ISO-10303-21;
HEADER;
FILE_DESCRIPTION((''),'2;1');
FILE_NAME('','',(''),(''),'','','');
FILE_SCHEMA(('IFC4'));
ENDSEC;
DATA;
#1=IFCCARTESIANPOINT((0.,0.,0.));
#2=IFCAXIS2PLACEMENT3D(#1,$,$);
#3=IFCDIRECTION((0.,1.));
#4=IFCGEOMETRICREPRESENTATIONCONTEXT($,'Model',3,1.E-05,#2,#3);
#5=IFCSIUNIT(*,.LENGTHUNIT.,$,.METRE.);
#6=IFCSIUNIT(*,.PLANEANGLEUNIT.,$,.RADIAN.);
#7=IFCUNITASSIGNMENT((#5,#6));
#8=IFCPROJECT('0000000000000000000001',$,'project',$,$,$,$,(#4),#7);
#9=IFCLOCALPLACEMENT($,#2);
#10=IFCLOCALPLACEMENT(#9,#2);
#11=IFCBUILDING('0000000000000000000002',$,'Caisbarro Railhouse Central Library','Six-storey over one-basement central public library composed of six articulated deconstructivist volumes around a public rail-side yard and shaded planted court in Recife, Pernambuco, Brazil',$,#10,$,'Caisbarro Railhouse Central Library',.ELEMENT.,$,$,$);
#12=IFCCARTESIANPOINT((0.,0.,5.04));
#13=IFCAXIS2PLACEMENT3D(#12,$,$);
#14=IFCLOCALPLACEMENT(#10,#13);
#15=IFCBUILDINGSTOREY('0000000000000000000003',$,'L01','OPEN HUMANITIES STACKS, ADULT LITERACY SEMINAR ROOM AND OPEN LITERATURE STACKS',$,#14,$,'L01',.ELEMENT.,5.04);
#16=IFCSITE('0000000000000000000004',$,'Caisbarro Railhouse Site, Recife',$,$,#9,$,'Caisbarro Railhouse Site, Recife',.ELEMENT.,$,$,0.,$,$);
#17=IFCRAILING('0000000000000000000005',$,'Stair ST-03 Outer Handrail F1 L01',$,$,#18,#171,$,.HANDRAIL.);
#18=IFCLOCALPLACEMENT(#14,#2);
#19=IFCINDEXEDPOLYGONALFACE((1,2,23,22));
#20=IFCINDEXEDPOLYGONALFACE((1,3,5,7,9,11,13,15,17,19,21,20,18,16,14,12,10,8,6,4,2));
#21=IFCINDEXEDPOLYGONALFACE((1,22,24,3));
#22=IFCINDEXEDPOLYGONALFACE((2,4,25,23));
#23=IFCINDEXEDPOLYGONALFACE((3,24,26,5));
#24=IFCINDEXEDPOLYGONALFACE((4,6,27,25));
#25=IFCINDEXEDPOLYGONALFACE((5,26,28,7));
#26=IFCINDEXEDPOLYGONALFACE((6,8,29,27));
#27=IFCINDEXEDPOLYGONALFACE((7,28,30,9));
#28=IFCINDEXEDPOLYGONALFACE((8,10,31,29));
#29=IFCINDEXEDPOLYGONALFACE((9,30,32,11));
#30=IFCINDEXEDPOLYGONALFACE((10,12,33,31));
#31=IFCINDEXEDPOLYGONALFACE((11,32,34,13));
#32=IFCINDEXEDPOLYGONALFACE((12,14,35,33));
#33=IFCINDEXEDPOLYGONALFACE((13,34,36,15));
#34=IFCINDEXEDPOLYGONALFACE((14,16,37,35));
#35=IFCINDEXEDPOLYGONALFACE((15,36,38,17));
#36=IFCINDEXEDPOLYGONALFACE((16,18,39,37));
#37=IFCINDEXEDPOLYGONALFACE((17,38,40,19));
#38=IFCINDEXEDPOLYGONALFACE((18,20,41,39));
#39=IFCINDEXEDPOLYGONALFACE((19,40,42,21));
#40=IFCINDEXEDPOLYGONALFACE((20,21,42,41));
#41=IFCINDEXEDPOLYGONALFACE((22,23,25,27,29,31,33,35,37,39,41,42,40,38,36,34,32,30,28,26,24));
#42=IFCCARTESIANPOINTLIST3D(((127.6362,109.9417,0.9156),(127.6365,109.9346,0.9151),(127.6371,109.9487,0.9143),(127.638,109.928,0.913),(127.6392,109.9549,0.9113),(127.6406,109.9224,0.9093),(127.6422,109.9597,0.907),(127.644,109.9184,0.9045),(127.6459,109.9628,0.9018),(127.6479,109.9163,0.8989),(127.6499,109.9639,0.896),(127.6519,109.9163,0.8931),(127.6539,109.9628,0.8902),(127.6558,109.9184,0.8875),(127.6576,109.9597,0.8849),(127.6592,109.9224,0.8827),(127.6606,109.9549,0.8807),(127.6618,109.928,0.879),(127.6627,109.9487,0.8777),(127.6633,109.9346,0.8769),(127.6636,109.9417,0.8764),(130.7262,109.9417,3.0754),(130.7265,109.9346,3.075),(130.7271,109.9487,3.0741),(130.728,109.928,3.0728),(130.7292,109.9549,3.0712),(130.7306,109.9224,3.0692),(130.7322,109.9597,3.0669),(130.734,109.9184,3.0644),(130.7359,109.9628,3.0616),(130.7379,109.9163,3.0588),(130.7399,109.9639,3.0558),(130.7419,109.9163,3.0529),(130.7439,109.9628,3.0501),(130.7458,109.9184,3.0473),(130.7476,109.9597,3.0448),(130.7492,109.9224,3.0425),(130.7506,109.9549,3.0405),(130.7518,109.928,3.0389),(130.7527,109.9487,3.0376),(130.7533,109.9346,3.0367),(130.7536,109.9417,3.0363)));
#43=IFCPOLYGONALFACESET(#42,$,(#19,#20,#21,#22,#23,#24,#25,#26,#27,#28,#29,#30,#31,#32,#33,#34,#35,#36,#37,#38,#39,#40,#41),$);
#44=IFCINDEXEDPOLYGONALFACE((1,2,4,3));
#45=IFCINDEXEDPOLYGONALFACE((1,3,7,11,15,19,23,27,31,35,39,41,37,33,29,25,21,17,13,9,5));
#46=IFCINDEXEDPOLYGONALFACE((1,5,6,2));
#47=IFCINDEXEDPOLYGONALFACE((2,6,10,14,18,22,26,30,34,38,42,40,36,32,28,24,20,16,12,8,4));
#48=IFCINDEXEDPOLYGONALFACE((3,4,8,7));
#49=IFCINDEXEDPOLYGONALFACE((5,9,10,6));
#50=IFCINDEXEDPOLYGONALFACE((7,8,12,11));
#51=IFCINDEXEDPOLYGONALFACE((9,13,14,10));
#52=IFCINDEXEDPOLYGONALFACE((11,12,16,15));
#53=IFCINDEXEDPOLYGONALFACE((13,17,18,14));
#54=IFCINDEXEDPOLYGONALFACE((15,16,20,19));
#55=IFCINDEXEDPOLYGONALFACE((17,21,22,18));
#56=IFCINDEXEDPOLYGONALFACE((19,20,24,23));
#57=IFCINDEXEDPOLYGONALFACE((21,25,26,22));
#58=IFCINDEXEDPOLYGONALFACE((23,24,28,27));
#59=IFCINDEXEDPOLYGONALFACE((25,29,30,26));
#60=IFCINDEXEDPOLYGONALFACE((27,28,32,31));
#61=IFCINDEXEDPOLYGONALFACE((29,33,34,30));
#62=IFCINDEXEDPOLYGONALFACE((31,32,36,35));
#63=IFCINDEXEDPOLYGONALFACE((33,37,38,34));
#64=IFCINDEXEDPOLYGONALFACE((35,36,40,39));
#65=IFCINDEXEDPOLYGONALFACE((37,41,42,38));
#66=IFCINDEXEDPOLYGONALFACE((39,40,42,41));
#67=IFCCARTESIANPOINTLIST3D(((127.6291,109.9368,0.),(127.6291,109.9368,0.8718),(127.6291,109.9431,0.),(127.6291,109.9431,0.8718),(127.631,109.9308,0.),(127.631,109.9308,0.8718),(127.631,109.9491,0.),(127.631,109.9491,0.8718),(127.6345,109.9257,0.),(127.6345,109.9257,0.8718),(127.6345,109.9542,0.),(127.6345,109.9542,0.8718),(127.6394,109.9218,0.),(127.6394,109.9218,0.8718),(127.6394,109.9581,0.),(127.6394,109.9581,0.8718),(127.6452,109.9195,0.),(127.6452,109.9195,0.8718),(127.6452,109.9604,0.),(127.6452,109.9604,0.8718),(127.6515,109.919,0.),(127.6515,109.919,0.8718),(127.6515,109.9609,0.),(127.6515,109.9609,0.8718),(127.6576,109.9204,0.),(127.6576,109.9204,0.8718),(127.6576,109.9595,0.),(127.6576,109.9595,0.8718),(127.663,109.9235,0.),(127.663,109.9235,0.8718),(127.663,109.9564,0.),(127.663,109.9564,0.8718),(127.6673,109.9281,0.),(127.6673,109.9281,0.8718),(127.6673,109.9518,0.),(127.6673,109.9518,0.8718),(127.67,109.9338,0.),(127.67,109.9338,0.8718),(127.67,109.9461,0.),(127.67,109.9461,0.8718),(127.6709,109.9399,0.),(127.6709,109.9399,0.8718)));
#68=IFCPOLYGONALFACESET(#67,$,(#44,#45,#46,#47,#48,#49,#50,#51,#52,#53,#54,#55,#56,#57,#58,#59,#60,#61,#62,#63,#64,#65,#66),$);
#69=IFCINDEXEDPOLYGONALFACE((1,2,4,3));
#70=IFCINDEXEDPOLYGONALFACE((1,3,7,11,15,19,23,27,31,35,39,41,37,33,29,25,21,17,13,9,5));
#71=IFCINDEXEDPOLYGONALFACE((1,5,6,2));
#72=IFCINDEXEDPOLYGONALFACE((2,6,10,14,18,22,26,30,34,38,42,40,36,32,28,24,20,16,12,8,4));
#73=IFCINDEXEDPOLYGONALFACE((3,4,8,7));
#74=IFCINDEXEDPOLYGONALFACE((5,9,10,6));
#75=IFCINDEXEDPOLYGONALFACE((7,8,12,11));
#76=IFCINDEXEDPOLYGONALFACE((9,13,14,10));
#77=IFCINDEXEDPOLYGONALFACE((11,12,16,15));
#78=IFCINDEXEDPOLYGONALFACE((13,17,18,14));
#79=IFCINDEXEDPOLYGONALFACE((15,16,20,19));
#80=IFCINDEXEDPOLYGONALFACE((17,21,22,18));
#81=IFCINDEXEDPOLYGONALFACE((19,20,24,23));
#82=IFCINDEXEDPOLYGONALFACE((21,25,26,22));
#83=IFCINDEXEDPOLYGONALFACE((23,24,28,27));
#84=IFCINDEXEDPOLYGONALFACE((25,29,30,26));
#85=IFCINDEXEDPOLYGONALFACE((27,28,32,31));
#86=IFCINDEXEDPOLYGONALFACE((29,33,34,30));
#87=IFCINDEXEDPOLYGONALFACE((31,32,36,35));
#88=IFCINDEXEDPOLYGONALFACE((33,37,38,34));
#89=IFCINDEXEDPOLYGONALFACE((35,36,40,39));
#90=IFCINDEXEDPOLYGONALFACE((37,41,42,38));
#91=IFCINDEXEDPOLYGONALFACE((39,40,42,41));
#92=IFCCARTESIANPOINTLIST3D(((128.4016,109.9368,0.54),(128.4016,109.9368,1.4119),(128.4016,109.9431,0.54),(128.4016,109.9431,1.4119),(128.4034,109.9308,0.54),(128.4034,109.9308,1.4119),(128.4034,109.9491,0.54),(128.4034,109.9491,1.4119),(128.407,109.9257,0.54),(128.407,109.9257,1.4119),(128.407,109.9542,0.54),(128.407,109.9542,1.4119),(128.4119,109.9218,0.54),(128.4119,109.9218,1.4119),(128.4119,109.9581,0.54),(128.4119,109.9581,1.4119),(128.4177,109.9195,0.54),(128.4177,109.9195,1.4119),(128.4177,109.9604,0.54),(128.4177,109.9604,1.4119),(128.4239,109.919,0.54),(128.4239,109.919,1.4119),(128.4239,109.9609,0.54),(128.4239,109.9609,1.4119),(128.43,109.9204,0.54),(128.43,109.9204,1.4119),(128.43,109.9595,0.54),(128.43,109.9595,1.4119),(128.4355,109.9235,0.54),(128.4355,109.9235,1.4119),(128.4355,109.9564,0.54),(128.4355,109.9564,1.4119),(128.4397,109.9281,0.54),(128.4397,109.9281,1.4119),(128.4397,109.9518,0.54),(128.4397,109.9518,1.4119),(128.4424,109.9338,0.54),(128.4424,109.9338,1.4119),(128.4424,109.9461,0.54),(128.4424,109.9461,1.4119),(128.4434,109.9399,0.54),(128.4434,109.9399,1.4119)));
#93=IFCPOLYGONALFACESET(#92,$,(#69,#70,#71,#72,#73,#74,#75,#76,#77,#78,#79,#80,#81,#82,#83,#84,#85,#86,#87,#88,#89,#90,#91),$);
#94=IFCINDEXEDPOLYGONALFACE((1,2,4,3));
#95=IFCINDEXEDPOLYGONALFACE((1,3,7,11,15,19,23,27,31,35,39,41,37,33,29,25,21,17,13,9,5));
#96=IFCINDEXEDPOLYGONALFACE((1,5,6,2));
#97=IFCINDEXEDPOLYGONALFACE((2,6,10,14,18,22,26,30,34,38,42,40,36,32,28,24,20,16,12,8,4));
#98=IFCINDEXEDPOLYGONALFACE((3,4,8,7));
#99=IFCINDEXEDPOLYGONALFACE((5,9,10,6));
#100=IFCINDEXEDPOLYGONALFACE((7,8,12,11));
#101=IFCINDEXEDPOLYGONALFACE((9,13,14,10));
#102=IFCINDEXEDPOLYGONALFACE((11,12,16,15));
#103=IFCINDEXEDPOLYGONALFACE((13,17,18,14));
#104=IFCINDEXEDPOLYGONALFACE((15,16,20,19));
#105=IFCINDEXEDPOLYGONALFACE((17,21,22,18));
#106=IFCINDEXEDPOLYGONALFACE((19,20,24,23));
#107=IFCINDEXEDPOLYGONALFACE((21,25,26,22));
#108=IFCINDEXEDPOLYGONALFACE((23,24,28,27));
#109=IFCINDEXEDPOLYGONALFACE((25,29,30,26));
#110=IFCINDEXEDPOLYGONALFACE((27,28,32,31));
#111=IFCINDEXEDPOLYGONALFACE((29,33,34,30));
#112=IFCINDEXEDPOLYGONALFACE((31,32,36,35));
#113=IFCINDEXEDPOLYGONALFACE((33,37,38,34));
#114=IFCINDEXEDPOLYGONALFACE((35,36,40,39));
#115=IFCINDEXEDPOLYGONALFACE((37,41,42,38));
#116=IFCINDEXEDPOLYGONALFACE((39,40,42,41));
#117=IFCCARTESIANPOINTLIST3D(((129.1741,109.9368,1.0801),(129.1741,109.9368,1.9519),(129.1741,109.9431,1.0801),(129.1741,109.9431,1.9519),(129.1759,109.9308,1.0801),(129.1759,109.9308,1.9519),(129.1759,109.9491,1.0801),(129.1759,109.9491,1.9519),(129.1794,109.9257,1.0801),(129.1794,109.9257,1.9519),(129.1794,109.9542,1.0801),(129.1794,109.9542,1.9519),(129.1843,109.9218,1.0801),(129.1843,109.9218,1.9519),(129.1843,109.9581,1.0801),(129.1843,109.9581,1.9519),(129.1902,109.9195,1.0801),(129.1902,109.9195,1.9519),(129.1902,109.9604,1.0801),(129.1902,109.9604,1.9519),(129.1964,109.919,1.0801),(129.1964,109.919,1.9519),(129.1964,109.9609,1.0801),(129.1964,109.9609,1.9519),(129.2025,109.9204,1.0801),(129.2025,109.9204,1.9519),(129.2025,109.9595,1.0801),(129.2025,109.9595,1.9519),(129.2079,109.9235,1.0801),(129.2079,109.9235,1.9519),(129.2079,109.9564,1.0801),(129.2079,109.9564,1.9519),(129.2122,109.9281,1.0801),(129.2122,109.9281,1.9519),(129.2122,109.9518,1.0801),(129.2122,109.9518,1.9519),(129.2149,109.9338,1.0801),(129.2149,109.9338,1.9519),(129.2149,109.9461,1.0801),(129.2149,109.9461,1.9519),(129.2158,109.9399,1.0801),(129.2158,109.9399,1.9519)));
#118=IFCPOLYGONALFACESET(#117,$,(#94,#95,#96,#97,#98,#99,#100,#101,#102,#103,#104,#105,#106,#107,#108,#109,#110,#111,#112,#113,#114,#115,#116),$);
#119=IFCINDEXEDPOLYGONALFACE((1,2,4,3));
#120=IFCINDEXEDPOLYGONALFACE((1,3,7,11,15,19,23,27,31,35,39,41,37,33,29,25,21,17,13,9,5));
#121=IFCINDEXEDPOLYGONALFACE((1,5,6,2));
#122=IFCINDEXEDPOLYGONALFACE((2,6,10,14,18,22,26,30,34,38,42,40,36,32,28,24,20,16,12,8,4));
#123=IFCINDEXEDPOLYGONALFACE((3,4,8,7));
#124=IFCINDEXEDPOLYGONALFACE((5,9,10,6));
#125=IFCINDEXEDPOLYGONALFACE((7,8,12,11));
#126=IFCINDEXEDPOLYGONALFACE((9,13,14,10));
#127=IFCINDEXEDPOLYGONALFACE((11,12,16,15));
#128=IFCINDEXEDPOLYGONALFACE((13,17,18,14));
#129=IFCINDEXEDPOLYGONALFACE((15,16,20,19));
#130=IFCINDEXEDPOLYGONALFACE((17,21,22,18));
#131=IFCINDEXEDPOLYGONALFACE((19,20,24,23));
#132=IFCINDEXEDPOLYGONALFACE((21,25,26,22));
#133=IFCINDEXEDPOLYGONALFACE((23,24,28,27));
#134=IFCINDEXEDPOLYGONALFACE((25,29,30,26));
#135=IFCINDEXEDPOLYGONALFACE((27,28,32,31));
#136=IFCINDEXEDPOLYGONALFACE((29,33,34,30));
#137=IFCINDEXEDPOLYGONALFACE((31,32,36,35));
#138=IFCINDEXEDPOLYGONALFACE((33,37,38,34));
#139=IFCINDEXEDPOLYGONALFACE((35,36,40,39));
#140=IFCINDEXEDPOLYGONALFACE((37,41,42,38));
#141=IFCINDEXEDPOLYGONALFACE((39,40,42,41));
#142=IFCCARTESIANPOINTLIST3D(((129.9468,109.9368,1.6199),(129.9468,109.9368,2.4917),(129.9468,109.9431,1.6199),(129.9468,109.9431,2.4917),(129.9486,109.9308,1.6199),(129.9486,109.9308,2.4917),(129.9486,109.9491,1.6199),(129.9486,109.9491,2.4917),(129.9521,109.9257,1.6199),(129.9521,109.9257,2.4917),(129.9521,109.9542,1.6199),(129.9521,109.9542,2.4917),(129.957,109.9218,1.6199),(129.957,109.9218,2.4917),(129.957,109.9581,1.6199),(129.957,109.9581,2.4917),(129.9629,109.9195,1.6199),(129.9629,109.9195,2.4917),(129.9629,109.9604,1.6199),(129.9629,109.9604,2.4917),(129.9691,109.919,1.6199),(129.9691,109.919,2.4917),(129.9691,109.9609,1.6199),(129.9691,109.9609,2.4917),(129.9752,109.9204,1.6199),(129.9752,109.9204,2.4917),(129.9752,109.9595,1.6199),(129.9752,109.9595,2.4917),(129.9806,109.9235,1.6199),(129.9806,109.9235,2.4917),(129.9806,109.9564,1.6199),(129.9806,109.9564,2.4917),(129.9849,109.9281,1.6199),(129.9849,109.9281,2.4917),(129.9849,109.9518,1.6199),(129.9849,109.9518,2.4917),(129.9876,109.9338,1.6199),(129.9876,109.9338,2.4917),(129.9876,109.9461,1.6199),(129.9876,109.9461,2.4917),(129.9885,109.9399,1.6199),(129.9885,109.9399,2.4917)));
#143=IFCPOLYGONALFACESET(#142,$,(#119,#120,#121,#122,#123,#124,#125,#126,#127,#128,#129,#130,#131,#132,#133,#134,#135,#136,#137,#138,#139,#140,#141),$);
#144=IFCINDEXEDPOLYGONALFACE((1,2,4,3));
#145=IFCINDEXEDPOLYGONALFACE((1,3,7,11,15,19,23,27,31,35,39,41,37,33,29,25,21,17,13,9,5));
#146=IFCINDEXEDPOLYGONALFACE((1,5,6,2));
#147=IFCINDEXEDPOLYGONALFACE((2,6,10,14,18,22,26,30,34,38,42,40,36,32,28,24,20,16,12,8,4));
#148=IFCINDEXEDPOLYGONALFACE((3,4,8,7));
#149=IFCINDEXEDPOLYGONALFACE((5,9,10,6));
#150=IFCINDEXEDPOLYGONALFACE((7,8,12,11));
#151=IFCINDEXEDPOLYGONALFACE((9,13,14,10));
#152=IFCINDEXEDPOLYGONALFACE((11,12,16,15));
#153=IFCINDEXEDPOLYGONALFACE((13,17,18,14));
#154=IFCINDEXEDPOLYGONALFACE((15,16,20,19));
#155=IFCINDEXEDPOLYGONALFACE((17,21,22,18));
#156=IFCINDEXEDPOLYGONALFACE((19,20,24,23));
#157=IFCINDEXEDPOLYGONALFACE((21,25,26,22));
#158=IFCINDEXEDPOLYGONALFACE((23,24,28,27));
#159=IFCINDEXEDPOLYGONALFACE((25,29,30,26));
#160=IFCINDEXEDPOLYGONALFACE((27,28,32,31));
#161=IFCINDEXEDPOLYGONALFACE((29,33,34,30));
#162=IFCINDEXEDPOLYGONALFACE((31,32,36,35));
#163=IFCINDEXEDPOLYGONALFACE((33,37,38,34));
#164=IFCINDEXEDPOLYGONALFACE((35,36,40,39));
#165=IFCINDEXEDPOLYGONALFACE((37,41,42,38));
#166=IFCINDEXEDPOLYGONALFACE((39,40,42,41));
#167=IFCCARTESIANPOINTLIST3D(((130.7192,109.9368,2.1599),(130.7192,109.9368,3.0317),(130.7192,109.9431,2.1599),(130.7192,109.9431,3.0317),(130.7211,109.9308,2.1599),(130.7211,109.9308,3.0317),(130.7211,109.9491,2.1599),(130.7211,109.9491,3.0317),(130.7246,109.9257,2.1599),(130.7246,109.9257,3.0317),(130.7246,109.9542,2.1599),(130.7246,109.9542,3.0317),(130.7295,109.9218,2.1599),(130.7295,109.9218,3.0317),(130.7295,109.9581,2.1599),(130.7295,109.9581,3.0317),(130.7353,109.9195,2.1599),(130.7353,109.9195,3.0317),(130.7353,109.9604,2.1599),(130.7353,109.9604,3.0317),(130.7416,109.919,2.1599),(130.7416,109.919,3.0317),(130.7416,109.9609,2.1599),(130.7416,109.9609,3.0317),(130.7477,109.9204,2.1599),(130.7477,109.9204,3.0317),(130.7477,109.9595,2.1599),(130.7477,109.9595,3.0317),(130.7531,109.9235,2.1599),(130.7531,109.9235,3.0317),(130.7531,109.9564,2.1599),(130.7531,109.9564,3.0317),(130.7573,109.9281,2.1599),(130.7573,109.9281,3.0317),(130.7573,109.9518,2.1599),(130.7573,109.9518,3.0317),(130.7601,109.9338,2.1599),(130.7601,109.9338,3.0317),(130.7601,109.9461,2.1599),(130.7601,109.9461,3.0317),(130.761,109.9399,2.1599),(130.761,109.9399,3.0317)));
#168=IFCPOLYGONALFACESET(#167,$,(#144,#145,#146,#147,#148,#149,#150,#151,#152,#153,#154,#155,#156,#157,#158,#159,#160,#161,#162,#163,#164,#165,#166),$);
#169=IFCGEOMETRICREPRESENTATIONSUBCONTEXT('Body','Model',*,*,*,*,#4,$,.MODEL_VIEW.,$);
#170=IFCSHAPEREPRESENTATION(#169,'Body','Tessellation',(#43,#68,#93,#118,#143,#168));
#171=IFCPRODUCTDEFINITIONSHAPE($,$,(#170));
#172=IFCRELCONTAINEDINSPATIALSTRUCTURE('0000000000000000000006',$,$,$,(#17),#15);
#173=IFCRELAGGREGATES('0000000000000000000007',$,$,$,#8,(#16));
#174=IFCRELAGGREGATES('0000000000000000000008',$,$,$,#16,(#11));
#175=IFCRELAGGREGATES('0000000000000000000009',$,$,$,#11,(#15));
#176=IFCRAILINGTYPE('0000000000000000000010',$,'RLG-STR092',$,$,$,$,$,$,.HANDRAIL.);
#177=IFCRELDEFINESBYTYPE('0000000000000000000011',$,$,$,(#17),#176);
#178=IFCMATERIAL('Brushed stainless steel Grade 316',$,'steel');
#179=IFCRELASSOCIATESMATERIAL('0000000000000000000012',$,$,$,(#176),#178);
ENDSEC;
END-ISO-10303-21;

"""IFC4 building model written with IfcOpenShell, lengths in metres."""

from ifc_helpers import new_model, si_unit, direction, frame, origin, origin_2d, place, context, subcontext, project, spatial, circle, extrude, material, type_object, element, save


model = new_model("IFC4")

# Units and contexts
model_context = context("Model", 3, precision=1e-05, world=origin(), true_north=direction((0.0, 1.0)))
body_context = subcontext(model_context, "Body", "Model", "MODEL_VIEW")
ifc_project = project(units=[si_unit("LENGTHUNIT", "METRE"), si_unit("PLANEANGLEUNIT", "RADIAN")], contexts=[model_context])

# Site, building, storey
site_placement = place(None, origin())
site = spatial("IfcSite", under=ifc_project, at=site_placement, Name="Caisbarro Railhouse Site, Recife", LongName="Caisbarro Railhouse Site, Recife", CompositionType="ELEMENT", RefElevation=0.0)
building_placement = place(site_placement, origin())
building = spatial("IfcBuilding", under=site, at=building_placement, Name="Caisbarro Railhouse Central Library", Description="Six-storey over one-basement central public library composed of six articulated deconstructivist volumes around a public rail-side yard and shaded planted court in Recife, Pernambuco, Brazil", LongName="Caisbarro Railhouse Central Library", CompositionType="ELEMENT")
storey_placement = place(building_placement, frame((0.0, 0.0, 5.04)))
storey = spatial("IfcBuildingStorey", under=building, at=storey_placement, Name="L01", Description="OPEN HUMANITIES STACKS, ADULT LITERACY SEMINAR ROOM AND OPEN LITERATURE STACKS", LongName="L01", CompositionType="ELEMENT", Elevation=5.04)

# Railing
ifc_material_1 = material(Name="Brushed stainless steel Grade 316", Category="steel")
railing_type_1 = type_object("IfcRailingType", Name="RLG-STR092", PredefinedType="HANDRAIL", material=ifc_material_1)
railing_1_placement = place(storey_placement, frame((127.6499, 109.9399, 0.0)))
element("IfcRailing", 1, at=railing_1_placement, inside=storey, type_object=railing_type_1, Name="Stair ST-03 Outer Handrail F1 L01", PredefinedType="HANDRAIL", context=body_context, shape_type="SweptSolid", body=[
    extrude(circle(Radius=0.0239, at=origin_2d()), frame((0.0, 0.0, 0.896), z_axis=(0.819624, 0.0, 0.572902), x_axis=(0.0, 1.0, 0.0)), (0.0, 0.0, 1.0), 3.77),
    extrude(circle(Radius=0.021, at=origin_2d()), origin(), (0.0, 0.0, 1.0), 0.8718),
    extrude(circle(Radius=0.021, at=origin_2d()), frame((0.7725, 0.0, 0.54)), (0.0, 0.0, 1.0), 0.8718),
    extrude(circle(Radius=0.021, at=origin_2d()), frame((1.5449, 0.0, 1.0801)), (0.0, 0.0, 1.0), 0.8718),
    extrude(circle(Radius=0.021, at=origin_2d()), frame((2.3176, 0.0, 1.6199)), (0.0, 0.0, 1.0), 0.8718),
    extrude(circle(Radius=0.021, at=origin_2d()), frame((3.0901, 0.0, 2.1599)), (0.0, 0.0, 1.0), 0.8718),
])

save(model, "model.ifc")
